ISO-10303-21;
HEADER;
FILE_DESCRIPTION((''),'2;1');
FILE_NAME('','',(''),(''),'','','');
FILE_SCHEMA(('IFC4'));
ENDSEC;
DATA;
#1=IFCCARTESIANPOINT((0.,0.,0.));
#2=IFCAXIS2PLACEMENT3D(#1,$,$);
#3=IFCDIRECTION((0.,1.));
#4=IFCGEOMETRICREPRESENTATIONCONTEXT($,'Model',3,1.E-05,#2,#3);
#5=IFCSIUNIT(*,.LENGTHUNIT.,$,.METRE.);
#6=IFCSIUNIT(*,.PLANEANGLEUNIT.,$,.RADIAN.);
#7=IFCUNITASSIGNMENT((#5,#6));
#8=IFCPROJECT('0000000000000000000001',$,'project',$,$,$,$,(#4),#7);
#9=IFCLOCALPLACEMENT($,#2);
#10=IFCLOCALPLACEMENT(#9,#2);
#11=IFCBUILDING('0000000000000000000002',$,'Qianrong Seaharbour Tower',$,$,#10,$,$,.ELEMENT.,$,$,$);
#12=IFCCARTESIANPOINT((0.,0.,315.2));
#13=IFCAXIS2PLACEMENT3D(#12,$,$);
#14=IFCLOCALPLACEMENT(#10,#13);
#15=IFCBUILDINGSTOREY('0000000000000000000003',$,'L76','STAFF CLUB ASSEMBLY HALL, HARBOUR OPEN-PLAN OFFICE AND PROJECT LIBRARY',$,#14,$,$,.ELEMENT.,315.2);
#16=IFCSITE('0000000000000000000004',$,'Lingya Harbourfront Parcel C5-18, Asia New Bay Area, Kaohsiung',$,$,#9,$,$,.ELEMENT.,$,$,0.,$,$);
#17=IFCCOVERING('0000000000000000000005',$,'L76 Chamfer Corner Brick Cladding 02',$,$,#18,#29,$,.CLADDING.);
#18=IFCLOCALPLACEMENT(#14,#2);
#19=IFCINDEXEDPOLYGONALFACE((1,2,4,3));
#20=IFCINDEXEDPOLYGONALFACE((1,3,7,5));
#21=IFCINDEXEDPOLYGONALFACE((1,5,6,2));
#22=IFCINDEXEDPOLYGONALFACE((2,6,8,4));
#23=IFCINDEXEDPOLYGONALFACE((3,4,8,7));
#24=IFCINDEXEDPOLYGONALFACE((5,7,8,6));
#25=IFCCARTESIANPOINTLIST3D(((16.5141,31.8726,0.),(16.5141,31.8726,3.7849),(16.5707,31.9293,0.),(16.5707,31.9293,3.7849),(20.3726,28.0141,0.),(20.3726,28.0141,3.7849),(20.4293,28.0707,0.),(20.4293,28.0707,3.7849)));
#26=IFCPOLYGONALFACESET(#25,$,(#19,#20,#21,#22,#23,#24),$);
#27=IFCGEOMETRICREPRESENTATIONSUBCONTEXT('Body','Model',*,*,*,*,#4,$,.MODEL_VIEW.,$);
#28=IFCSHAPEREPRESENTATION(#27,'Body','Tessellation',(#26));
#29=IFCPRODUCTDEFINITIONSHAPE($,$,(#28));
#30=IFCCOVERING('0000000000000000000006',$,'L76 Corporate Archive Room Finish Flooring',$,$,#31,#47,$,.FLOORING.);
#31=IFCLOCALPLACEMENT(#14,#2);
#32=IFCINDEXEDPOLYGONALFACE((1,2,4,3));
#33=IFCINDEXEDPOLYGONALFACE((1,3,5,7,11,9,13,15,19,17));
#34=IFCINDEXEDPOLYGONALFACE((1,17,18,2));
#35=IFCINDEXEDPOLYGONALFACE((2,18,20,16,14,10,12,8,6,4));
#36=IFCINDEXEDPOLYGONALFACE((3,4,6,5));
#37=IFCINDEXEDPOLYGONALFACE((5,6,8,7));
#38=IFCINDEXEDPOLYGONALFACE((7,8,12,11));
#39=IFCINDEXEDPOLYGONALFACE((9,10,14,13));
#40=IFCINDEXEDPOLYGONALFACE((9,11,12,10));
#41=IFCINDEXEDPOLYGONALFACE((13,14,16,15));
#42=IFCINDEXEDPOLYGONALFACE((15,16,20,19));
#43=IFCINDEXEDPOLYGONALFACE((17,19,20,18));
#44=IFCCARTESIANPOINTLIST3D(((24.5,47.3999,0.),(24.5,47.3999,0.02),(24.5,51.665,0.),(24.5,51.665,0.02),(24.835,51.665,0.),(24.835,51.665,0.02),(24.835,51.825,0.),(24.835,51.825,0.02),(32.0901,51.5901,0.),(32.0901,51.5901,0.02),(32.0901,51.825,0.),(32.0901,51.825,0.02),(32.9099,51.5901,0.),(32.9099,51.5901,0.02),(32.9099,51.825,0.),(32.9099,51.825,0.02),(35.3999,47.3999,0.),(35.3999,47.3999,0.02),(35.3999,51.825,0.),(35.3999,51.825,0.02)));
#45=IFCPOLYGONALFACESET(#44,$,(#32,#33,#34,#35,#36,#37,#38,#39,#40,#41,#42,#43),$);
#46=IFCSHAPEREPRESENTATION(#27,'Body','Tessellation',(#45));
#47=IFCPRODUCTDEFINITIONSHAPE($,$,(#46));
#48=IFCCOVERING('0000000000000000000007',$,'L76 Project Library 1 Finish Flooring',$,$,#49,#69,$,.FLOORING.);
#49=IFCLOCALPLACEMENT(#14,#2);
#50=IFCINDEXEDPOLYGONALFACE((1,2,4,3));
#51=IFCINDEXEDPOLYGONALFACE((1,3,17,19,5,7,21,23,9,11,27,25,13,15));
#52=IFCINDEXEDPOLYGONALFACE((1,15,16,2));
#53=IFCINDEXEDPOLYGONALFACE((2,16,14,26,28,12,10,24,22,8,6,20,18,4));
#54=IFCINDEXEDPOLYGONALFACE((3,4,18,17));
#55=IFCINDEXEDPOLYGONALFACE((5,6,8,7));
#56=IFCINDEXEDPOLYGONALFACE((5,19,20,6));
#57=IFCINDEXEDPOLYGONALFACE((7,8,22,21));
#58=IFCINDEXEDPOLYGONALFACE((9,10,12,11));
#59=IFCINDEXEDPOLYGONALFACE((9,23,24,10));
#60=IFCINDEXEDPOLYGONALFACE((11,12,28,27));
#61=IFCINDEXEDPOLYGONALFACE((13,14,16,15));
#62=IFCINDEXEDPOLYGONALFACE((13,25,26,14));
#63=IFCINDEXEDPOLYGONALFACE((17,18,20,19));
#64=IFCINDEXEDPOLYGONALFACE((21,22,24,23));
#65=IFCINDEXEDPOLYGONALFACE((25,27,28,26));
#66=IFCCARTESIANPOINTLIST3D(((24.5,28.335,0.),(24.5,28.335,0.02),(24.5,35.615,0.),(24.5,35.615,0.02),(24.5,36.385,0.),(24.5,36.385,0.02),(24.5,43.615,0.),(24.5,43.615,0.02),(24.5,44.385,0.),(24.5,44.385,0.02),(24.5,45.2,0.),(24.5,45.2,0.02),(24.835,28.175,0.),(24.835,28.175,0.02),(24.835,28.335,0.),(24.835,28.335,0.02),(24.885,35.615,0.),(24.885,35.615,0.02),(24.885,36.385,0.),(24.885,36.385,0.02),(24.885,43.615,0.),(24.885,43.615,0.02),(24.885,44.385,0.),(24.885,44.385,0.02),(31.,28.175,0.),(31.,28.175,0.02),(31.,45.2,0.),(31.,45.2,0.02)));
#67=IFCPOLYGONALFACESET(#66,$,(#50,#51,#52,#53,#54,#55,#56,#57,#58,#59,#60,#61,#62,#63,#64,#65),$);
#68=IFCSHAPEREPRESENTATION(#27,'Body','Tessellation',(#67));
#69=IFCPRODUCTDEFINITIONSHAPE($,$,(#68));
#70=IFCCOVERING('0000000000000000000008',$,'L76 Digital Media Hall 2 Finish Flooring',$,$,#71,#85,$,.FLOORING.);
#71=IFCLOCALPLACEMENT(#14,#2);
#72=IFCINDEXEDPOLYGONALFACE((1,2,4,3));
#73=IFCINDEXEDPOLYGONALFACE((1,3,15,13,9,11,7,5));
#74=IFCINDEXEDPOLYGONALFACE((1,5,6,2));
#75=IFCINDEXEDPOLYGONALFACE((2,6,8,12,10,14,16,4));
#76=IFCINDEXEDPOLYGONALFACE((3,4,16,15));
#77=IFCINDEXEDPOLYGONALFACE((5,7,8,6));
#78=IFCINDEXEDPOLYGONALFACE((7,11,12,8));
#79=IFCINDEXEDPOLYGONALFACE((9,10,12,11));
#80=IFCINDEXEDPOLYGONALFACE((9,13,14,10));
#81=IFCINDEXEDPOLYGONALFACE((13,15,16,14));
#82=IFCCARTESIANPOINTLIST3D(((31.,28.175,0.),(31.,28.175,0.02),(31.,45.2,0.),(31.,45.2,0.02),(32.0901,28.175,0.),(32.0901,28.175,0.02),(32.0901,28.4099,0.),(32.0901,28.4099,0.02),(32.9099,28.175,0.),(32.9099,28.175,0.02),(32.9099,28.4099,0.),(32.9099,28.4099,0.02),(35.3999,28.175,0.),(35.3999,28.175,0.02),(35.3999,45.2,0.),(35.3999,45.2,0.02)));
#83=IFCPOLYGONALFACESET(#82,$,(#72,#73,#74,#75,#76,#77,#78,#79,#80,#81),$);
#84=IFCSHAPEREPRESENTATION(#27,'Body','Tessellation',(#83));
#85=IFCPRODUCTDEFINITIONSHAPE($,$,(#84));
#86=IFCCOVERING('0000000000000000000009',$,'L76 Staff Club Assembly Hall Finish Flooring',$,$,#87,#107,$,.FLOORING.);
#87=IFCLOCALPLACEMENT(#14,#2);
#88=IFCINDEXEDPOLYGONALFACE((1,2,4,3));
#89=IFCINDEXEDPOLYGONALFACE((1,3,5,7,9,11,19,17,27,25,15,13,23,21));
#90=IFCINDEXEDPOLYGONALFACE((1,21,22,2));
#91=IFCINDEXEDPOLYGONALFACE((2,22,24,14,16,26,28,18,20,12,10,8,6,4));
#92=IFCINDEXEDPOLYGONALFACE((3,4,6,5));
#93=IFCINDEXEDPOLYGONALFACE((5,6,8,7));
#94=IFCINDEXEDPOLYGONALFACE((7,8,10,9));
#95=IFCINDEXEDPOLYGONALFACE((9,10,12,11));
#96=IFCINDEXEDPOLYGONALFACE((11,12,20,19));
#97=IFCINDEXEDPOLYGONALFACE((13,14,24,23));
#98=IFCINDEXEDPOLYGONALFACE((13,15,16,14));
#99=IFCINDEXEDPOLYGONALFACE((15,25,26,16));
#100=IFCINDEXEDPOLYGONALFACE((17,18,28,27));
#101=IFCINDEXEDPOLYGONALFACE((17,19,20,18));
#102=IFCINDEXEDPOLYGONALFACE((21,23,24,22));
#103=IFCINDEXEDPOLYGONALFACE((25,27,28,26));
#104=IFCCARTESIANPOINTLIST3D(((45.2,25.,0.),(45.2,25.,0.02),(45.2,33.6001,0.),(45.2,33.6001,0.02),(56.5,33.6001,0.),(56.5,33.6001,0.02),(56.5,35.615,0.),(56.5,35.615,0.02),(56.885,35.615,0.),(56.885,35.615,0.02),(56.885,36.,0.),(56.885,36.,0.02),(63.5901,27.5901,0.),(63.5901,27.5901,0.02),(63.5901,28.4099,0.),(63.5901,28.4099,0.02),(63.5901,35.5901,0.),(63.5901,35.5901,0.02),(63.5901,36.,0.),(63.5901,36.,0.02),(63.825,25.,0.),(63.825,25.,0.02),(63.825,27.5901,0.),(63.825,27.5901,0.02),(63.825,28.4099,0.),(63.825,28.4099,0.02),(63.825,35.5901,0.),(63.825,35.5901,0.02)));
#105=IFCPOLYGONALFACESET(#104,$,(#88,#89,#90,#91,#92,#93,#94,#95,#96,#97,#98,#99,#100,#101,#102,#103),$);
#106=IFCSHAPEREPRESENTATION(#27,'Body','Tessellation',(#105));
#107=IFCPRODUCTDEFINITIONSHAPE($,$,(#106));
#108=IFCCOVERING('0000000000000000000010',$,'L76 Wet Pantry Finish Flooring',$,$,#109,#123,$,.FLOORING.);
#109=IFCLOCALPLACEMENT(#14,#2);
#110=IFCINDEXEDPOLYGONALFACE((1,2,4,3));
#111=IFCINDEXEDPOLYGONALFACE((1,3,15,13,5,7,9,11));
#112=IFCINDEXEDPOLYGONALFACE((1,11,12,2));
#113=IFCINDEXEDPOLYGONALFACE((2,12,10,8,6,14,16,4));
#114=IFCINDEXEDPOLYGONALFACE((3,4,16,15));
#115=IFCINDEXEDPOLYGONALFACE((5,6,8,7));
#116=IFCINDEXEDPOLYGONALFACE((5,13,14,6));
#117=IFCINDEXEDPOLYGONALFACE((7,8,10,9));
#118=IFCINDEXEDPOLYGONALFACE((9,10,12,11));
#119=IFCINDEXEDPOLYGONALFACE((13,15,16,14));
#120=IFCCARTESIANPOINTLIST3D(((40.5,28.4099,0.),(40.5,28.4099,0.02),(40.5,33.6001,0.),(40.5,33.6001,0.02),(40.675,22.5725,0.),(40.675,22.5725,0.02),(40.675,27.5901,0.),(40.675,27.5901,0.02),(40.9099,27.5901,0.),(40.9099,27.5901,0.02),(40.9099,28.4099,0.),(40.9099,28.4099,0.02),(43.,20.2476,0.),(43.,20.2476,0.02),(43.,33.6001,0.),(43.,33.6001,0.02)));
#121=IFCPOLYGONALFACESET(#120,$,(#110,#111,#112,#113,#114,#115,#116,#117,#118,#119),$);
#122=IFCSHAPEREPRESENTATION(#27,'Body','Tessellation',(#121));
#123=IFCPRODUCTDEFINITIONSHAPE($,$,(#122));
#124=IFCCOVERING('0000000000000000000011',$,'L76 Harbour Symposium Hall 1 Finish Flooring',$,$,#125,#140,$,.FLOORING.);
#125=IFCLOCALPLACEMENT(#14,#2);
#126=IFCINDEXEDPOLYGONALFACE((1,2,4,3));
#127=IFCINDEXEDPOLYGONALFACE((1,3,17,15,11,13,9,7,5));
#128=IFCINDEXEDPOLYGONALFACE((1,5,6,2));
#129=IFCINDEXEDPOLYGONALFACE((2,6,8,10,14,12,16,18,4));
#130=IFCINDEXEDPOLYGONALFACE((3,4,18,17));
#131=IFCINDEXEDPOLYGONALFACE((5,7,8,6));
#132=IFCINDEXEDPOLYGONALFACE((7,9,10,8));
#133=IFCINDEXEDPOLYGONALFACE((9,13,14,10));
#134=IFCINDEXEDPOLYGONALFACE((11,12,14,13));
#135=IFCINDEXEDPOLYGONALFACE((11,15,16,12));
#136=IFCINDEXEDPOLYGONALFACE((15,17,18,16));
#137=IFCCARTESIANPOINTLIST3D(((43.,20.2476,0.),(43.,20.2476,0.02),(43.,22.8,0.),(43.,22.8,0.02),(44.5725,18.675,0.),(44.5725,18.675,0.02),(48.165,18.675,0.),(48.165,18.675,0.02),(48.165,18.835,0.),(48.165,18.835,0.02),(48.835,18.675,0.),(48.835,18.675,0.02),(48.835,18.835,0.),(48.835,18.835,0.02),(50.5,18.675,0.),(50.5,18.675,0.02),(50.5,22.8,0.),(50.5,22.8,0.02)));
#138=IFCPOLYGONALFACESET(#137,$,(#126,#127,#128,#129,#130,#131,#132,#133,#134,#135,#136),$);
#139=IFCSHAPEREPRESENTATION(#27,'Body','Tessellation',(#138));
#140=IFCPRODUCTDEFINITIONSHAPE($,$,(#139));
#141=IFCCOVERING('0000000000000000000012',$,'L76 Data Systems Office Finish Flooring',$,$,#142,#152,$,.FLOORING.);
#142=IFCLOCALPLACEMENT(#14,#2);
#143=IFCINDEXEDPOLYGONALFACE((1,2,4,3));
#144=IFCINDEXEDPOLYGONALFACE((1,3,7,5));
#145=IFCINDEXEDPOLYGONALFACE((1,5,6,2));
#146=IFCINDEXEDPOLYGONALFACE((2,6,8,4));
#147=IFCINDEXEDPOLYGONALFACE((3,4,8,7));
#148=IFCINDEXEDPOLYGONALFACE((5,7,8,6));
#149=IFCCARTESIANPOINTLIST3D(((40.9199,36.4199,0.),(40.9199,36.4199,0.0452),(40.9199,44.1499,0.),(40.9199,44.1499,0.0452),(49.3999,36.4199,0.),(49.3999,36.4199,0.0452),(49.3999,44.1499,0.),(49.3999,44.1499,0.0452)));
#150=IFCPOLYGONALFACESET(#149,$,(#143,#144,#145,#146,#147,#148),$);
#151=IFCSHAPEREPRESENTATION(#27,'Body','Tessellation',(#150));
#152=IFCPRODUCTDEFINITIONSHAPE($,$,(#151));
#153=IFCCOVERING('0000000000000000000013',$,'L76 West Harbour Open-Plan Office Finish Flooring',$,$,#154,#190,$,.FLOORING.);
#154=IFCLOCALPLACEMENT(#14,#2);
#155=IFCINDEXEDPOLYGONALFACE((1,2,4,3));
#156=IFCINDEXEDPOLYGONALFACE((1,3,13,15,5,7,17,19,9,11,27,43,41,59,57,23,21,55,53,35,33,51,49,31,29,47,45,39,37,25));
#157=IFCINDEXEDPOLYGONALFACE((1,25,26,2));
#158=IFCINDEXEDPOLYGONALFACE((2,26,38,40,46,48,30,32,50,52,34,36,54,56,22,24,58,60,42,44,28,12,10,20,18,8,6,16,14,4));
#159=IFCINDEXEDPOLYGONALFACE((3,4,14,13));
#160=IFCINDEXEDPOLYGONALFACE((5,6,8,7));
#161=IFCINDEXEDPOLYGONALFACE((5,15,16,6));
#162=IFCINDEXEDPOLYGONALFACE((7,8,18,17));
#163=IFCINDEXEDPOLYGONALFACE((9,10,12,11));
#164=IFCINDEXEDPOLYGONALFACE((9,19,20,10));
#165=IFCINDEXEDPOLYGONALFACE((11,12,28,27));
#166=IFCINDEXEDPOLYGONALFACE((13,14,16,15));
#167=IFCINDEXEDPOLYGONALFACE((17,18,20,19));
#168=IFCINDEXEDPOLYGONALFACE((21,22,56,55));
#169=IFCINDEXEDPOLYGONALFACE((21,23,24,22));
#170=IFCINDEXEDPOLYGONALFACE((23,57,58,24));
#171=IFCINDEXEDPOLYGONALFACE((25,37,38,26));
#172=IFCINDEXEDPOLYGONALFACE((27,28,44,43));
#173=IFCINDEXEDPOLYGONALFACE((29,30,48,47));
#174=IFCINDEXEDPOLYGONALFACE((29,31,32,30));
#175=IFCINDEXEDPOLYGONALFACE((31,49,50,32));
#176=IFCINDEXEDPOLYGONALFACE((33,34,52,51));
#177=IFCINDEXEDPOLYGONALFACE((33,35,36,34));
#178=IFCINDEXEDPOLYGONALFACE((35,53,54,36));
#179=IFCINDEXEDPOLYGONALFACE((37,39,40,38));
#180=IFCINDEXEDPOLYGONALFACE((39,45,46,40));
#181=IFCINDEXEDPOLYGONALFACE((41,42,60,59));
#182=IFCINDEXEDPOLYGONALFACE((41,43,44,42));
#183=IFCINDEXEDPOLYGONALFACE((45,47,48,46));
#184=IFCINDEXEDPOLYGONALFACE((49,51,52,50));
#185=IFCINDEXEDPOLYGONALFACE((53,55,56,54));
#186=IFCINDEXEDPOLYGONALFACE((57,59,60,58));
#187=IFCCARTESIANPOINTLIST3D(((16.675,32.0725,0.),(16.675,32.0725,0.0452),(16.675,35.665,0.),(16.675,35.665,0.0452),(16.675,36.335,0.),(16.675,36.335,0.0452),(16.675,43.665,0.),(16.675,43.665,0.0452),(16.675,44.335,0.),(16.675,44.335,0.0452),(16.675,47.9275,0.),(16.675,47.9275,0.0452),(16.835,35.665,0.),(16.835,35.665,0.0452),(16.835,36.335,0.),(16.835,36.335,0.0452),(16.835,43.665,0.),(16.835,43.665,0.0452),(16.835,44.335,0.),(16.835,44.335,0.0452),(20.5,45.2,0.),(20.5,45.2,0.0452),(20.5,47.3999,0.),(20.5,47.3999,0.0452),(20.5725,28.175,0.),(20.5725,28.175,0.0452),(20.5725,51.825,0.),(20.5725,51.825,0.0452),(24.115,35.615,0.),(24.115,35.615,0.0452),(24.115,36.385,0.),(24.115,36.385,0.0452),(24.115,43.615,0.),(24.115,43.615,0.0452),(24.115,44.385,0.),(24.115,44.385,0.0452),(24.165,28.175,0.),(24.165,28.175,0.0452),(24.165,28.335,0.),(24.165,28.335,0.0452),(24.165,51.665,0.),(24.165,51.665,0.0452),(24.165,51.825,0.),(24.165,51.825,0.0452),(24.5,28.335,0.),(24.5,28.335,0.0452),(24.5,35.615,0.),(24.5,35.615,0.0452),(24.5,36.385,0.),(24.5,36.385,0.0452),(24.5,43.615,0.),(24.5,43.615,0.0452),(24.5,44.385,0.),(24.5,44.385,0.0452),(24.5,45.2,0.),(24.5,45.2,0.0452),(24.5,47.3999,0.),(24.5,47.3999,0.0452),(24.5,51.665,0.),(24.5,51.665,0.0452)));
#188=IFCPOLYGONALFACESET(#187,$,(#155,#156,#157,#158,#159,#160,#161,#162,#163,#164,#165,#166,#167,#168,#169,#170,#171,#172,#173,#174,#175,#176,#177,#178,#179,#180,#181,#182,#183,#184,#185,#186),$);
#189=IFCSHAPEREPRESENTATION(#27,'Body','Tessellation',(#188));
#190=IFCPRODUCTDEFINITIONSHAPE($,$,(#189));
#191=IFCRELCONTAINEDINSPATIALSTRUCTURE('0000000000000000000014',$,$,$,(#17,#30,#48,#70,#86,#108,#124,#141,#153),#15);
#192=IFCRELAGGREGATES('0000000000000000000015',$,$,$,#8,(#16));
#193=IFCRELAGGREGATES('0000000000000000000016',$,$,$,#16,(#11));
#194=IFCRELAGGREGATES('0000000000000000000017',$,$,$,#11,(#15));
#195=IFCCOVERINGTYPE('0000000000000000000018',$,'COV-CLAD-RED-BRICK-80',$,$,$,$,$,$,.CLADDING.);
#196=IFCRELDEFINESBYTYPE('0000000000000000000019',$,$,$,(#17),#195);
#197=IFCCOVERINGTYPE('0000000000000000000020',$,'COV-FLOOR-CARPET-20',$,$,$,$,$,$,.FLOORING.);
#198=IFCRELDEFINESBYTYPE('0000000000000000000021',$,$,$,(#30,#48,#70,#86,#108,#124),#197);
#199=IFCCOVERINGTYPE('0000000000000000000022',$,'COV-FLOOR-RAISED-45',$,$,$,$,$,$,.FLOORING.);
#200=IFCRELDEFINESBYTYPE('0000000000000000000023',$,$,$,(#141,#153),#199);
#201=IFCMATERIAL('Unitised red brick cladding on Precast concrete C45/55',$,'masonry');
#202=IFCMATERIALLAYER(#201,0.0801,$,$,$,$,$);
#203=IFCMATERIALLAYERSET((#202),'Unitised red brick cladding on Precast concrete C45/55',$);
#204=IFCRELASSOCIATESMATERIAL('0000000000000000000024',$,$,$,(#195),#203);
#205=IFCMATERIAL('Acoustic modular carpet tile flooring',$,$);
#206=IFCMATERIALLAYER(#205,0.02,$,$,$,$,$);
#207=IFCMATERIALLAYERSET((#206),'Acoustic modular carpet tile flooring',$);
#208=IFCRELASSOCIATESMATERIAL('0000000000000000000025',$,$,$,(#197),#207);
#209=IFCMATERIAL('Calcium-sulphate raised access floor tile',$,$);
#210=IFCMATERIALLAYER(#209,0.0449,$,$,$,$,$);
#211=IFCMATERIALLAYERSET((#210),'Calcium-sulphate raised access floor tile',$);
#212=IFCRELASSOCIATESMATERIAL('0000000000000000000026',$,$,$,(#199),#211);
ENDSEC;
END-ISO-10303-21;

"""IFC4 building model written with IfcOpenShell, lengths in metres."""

from ifc_helpers import new_model, si_unit, direction, frame, origin, origin_2d, place, context, subcontext, project, spatial, polyline, rectangle, outline, extrude, material, layer, layer_set, type_object, element, save


model = new_model("IFC4")

# Units and contexts
model_context = context("Model", 3, precision=1e-05, world=origin(), true_north=direction((0.0, 1.0)))
body_context = subcontext(model_context, "Body", "Model", "MODEL_VIEW")
ifc_project = project(units=[si_unit("LENGTHUNIT", "METRE"), si_unit("PLANEANGLEUNIT", "RADIAN")], contexts=[model_context])

# Site, building, storey
site_placement = place(None, origin())
site = spatial("IfcSite", under=ifc_project, at=site_placement, Name="Lingya Harbourfront Parcel C5-18, Asia New Bay Area, Kaohsiung", CompositionType="ELEMENT", RefElevation=0.0)
building_placement = place(site_placement, origin())
building = spatial("IfcBuilding", under=site, at=building_placement, Name="Qianrong Seaharbour Tower", CompositionType="ELEMENT")
storey_placement = place(building_placement, frame((0.0, 0.0, 315.2)))
storey = spatial("IfcBuildingStorey", under=building, at=storey_placement, Name="L76", Description="STAFF CLUB ASSEMBLY HALL, HARBOUR OPEN-PLAN OFFICE AND PROJECT LIBRARY", CompositionType="ELEMENT", Elevation=315.2)

# Coverings
ifc_material_1 = material(Name="Unitised red brick cladding on Precast concrete C45/55", Category="masonry")
ifc_layer_1 = layer(ifc_material_1, 0.0801)
ifc_layer_set_1 = layer_set([ifc_layer_1], Name="Unitised red brick cladding on Precast concrete C45/55")
covering_type_1 = type_object("IfcCoveringType", Name="COV-CLAD-RED-BRICK-80", PredefinedType="CLADDING", material=ifc_layer_set_1)
covering_1_placement = place(storey_placement, frame((18.4717, 29.9717, 0.0), z_axis=(0.0, 0.0, 1.0), x_axis=(-0.707107, 0.707107, 0.0)))
element("IfcCovering", 1, at=covering_1_placement, inside=storey, type_object=covering_type_1, Name="L76 Chamfer Corner Brick Cladding 02", PredefinedType="CLADDING", context=body_context, shape_type="SweptSolid", body=[
    extrude(rectangle(XDim=5.4568, YDim=0.0801, at=origin_2d()), origin(), (0.0, 0.0, 1.0), 3.7849),
])
ifc_material_2 = material(Name="Acoustic modular carpet tile flooring")
ifc_layer_2 = layer(ifc_material_2, 0.02)
ifc_layer_set_2 = layer_set([ifc_layer_2], Name="Acoustic modular carpet tile flooring")
covering_type_2 = type_object("IfcCoveringType", Name="COV-FLOOR-CARPET-20", PredefinedType="FLOORING", material=ifc_layer_set_2)
covering_2_placement = place(storey_placement, origin())
element("IfcCovering", 2, at=covering_2_placement, inside=storey, type_object=covering_type_2, Name="L76 Corporate Archive Room Finish Flooring", PredefinedType="FLOORING", context=body_context, shape_type="SweptSolid", body=[
    extrude(outline(polyline([(24.5, 51.665), (24.835, 51.665), (24.835, 51.825), (32.0901, 51.825), (32.0901, 51.5901), (32.9099, 51.5901), (32.9099, 51.825), (35.3999, 51.825), (35.3999, 47.3999), (24.5, 47.3999), (24.5, 51.665)])), origin(), (0.0, 0.0, 1.0), 0.02),
])
covering_3_placement = place(storey_placement, origin())
element("IfcCovering", 3, at=covering_3_placement, inside=storey, type_object=covering_type_2, Name="L76 Project Library 1 Finish Flooring", PredefinedType="FLOORING", context=body_context, shape_type="SweptSolid", body=[
    extrude(outline(polyline([(24.835, 28.175), (24.835, 28.335), (24.5, 28.335), (24.5, 35.615), (24.885, 35.615), (24.885, 36.385), (24.5, 36.385), (24.5, 43.615), (24.885, 43.615), (24.885, 44.385), (24.5, 44.385), (24.5, 45.2), (31.0, 45.2), (31.0, 28.175), (24.835, 28.175)])), origin(), (0.0, 0.0, 1.0), 0.02),
])
covering_4_placement = place(storey_placement, origin())
element("IfcCovering", 4, at=covering_4_placement, inside=storey, type_object=covering_type_2, Name="L76 Digital Media Hall 2 Finish Flooring", PredefinedType="FLOORING", context=body_context, shape_type="SweptSolid", body=[
    extrude(outline(polyline([(32.9099, 28.175), (32.9099, 28.4099), (32.0901, 28.4099), (32.0901, 28.175), (31.0, 28.175), (31.0, 45.2), (35.3999, 45.2), (35.3999, 28.175), (32.9099, 28.175)])), origin(), (0.0, 0.0, 1.0), 0.02),
])
covering_5_placement = place(storey_placement, origin())
element("IfcCovering", 5, at=covering_5_placement, inside=storey, type_object=covering_type_2, Name="L76 Staff Club Assembly Hall Finish Flooring", PredefinedType="FLOORING", context=body_context, shape_type="SweptSolid", body=[
    extrude(outline(polyline([(56.5, 33.6001), (56.5, 35.615), (56.885, 35.615), (56.885, 36.0), (63.5901, 36.0), (63.5901, 35.5901), (63.825, 35.5901), (63.825, 28.4099), (63.5901, 28.4099), (63.5901, 27.5901), (63.825, 27.5901), (63.825, 25.0), (45.2, 25.0), (45.2, 33.6001), (56.5, 33.6001)])), origin(), (0.0, 0.0, 1.0), 0.02),
])
covering_6_placement = place(storey_placement, origin())
element("IfcCovering", 6, at=covering_6_placement, inside=storey, type_object=covering_type_2, Name="L76 Wet Pantry Finish Flooring", PredefinedType="FLOORING", context=body_context, shape_type="SweptSolid", body=[
    extrude(outline(polyline([(43.0, 20.2476), (40.675, 22.5725), (40.675, 27.5901), (40.9099, 27.5901), (40.9099, 28.4099), (40.5, 28.4099), (40.5, 33.6001), (43.0, 33.6001), (43.0, 20.2476)])), origin(), (0.0, 0.0, 1.0), 0.02),
])
covering_7_placement = place(storey_placement, origin())
element("IfcCovering", 7, at=covering_7_placement, inside=storey, type_object=covering_type_2, Name="L76 Harbour Symposium Hall 1 Finish Flooring", PredefinedType="FLOORING", context=body_context, shape_type="SweptSolid", body=[
    extrude(outline(polyline([(50.5, 18.675), (48.835, 18.675), (48.835, 18.835), (48.165, 18.835), (48.165, 18.675), (44.5725, 18.675), (43.0, 20.2476), (43.0, 22.8), (50.5, 22.8), (50.5, 18.675)])), origin(), (0.0, 0.0, 1.0), 0.02),
])
ifc_material_3 = material(Name="Calcium-sulphate raised access floor tile")
ifc_layer_3 = layer(ifc_material_3, 0.0449)
ifc_layer_set_3 = layer_set([ifc_layer_3], Name="Calcium-sulphate raised access floor tile")
covering_type_3 = type_object("IfcCoveringType", Name="COV-FLOOR-RAISED-45", PredefinedType="FLOORING", material=ifc_layer_set_3)
covering_8_placement = place(storey_placement, origin())
element("IfcCovering", 8, at=covering_8_placement, inside=storey, type_object=covering_type_3, Name="L76 Data Systems Office Finish Flooring", PredefinedType="FLOORING", context=body_context, shape_type="SweptSolid", body=[
    extrude(outline(polyline([(49.3999, 44.1499), (49.3999, 36.4199), (40.9199, 36.4199), (40.9199, 44.1499), (49.3999, 44.1499)])), origin(), (0.0, 0.0, 1.0), 0.0452),
])
covering_9_placement = place(storey_placement, origin())
element("IfcCovering", 9, at=covering_9_placement, inside=storey, type_object=covering_type_3, Name="L76 West Harbour Open-Plan Office Finish Flooring", PredefinedType="FLOORING", context=body_context, shape_type="SweptSolid", body=[
    extrude(outline(polyline([(16.675, 32.0725), (16.675, 35.665), (16.835, 35.665), (16.835, 36.335), (16.675, 36.335), (16.675, 43.665), (16.835, 43.665), (16.835, 44.335), (16.675, 44.335), (16.675, 47.9275), (20.5725, 51.825), (24.165, 51.825), (24.165, 51.665), (24.5, 51.665), (24.5, 47.3999), (20.5, 47.3999), (20.5, 45.2), (24.5, 45.2), (24.5, 44.385), (24.115, 44.385), (24.115, 43.615), (24.5, 43.615), (24.5, 36.385), (24.115, 36.385), (24.115, 35.615), (24.5, 35.615), (24.5, 28.335), (24.165, 28.335), (24.165, 28.175), (20.5725, 28.175), (16.675, 32.0725)])), origin(), (0.0, 0.0, 1.0), 0.0452),
])

save(model, "model.ifc")
